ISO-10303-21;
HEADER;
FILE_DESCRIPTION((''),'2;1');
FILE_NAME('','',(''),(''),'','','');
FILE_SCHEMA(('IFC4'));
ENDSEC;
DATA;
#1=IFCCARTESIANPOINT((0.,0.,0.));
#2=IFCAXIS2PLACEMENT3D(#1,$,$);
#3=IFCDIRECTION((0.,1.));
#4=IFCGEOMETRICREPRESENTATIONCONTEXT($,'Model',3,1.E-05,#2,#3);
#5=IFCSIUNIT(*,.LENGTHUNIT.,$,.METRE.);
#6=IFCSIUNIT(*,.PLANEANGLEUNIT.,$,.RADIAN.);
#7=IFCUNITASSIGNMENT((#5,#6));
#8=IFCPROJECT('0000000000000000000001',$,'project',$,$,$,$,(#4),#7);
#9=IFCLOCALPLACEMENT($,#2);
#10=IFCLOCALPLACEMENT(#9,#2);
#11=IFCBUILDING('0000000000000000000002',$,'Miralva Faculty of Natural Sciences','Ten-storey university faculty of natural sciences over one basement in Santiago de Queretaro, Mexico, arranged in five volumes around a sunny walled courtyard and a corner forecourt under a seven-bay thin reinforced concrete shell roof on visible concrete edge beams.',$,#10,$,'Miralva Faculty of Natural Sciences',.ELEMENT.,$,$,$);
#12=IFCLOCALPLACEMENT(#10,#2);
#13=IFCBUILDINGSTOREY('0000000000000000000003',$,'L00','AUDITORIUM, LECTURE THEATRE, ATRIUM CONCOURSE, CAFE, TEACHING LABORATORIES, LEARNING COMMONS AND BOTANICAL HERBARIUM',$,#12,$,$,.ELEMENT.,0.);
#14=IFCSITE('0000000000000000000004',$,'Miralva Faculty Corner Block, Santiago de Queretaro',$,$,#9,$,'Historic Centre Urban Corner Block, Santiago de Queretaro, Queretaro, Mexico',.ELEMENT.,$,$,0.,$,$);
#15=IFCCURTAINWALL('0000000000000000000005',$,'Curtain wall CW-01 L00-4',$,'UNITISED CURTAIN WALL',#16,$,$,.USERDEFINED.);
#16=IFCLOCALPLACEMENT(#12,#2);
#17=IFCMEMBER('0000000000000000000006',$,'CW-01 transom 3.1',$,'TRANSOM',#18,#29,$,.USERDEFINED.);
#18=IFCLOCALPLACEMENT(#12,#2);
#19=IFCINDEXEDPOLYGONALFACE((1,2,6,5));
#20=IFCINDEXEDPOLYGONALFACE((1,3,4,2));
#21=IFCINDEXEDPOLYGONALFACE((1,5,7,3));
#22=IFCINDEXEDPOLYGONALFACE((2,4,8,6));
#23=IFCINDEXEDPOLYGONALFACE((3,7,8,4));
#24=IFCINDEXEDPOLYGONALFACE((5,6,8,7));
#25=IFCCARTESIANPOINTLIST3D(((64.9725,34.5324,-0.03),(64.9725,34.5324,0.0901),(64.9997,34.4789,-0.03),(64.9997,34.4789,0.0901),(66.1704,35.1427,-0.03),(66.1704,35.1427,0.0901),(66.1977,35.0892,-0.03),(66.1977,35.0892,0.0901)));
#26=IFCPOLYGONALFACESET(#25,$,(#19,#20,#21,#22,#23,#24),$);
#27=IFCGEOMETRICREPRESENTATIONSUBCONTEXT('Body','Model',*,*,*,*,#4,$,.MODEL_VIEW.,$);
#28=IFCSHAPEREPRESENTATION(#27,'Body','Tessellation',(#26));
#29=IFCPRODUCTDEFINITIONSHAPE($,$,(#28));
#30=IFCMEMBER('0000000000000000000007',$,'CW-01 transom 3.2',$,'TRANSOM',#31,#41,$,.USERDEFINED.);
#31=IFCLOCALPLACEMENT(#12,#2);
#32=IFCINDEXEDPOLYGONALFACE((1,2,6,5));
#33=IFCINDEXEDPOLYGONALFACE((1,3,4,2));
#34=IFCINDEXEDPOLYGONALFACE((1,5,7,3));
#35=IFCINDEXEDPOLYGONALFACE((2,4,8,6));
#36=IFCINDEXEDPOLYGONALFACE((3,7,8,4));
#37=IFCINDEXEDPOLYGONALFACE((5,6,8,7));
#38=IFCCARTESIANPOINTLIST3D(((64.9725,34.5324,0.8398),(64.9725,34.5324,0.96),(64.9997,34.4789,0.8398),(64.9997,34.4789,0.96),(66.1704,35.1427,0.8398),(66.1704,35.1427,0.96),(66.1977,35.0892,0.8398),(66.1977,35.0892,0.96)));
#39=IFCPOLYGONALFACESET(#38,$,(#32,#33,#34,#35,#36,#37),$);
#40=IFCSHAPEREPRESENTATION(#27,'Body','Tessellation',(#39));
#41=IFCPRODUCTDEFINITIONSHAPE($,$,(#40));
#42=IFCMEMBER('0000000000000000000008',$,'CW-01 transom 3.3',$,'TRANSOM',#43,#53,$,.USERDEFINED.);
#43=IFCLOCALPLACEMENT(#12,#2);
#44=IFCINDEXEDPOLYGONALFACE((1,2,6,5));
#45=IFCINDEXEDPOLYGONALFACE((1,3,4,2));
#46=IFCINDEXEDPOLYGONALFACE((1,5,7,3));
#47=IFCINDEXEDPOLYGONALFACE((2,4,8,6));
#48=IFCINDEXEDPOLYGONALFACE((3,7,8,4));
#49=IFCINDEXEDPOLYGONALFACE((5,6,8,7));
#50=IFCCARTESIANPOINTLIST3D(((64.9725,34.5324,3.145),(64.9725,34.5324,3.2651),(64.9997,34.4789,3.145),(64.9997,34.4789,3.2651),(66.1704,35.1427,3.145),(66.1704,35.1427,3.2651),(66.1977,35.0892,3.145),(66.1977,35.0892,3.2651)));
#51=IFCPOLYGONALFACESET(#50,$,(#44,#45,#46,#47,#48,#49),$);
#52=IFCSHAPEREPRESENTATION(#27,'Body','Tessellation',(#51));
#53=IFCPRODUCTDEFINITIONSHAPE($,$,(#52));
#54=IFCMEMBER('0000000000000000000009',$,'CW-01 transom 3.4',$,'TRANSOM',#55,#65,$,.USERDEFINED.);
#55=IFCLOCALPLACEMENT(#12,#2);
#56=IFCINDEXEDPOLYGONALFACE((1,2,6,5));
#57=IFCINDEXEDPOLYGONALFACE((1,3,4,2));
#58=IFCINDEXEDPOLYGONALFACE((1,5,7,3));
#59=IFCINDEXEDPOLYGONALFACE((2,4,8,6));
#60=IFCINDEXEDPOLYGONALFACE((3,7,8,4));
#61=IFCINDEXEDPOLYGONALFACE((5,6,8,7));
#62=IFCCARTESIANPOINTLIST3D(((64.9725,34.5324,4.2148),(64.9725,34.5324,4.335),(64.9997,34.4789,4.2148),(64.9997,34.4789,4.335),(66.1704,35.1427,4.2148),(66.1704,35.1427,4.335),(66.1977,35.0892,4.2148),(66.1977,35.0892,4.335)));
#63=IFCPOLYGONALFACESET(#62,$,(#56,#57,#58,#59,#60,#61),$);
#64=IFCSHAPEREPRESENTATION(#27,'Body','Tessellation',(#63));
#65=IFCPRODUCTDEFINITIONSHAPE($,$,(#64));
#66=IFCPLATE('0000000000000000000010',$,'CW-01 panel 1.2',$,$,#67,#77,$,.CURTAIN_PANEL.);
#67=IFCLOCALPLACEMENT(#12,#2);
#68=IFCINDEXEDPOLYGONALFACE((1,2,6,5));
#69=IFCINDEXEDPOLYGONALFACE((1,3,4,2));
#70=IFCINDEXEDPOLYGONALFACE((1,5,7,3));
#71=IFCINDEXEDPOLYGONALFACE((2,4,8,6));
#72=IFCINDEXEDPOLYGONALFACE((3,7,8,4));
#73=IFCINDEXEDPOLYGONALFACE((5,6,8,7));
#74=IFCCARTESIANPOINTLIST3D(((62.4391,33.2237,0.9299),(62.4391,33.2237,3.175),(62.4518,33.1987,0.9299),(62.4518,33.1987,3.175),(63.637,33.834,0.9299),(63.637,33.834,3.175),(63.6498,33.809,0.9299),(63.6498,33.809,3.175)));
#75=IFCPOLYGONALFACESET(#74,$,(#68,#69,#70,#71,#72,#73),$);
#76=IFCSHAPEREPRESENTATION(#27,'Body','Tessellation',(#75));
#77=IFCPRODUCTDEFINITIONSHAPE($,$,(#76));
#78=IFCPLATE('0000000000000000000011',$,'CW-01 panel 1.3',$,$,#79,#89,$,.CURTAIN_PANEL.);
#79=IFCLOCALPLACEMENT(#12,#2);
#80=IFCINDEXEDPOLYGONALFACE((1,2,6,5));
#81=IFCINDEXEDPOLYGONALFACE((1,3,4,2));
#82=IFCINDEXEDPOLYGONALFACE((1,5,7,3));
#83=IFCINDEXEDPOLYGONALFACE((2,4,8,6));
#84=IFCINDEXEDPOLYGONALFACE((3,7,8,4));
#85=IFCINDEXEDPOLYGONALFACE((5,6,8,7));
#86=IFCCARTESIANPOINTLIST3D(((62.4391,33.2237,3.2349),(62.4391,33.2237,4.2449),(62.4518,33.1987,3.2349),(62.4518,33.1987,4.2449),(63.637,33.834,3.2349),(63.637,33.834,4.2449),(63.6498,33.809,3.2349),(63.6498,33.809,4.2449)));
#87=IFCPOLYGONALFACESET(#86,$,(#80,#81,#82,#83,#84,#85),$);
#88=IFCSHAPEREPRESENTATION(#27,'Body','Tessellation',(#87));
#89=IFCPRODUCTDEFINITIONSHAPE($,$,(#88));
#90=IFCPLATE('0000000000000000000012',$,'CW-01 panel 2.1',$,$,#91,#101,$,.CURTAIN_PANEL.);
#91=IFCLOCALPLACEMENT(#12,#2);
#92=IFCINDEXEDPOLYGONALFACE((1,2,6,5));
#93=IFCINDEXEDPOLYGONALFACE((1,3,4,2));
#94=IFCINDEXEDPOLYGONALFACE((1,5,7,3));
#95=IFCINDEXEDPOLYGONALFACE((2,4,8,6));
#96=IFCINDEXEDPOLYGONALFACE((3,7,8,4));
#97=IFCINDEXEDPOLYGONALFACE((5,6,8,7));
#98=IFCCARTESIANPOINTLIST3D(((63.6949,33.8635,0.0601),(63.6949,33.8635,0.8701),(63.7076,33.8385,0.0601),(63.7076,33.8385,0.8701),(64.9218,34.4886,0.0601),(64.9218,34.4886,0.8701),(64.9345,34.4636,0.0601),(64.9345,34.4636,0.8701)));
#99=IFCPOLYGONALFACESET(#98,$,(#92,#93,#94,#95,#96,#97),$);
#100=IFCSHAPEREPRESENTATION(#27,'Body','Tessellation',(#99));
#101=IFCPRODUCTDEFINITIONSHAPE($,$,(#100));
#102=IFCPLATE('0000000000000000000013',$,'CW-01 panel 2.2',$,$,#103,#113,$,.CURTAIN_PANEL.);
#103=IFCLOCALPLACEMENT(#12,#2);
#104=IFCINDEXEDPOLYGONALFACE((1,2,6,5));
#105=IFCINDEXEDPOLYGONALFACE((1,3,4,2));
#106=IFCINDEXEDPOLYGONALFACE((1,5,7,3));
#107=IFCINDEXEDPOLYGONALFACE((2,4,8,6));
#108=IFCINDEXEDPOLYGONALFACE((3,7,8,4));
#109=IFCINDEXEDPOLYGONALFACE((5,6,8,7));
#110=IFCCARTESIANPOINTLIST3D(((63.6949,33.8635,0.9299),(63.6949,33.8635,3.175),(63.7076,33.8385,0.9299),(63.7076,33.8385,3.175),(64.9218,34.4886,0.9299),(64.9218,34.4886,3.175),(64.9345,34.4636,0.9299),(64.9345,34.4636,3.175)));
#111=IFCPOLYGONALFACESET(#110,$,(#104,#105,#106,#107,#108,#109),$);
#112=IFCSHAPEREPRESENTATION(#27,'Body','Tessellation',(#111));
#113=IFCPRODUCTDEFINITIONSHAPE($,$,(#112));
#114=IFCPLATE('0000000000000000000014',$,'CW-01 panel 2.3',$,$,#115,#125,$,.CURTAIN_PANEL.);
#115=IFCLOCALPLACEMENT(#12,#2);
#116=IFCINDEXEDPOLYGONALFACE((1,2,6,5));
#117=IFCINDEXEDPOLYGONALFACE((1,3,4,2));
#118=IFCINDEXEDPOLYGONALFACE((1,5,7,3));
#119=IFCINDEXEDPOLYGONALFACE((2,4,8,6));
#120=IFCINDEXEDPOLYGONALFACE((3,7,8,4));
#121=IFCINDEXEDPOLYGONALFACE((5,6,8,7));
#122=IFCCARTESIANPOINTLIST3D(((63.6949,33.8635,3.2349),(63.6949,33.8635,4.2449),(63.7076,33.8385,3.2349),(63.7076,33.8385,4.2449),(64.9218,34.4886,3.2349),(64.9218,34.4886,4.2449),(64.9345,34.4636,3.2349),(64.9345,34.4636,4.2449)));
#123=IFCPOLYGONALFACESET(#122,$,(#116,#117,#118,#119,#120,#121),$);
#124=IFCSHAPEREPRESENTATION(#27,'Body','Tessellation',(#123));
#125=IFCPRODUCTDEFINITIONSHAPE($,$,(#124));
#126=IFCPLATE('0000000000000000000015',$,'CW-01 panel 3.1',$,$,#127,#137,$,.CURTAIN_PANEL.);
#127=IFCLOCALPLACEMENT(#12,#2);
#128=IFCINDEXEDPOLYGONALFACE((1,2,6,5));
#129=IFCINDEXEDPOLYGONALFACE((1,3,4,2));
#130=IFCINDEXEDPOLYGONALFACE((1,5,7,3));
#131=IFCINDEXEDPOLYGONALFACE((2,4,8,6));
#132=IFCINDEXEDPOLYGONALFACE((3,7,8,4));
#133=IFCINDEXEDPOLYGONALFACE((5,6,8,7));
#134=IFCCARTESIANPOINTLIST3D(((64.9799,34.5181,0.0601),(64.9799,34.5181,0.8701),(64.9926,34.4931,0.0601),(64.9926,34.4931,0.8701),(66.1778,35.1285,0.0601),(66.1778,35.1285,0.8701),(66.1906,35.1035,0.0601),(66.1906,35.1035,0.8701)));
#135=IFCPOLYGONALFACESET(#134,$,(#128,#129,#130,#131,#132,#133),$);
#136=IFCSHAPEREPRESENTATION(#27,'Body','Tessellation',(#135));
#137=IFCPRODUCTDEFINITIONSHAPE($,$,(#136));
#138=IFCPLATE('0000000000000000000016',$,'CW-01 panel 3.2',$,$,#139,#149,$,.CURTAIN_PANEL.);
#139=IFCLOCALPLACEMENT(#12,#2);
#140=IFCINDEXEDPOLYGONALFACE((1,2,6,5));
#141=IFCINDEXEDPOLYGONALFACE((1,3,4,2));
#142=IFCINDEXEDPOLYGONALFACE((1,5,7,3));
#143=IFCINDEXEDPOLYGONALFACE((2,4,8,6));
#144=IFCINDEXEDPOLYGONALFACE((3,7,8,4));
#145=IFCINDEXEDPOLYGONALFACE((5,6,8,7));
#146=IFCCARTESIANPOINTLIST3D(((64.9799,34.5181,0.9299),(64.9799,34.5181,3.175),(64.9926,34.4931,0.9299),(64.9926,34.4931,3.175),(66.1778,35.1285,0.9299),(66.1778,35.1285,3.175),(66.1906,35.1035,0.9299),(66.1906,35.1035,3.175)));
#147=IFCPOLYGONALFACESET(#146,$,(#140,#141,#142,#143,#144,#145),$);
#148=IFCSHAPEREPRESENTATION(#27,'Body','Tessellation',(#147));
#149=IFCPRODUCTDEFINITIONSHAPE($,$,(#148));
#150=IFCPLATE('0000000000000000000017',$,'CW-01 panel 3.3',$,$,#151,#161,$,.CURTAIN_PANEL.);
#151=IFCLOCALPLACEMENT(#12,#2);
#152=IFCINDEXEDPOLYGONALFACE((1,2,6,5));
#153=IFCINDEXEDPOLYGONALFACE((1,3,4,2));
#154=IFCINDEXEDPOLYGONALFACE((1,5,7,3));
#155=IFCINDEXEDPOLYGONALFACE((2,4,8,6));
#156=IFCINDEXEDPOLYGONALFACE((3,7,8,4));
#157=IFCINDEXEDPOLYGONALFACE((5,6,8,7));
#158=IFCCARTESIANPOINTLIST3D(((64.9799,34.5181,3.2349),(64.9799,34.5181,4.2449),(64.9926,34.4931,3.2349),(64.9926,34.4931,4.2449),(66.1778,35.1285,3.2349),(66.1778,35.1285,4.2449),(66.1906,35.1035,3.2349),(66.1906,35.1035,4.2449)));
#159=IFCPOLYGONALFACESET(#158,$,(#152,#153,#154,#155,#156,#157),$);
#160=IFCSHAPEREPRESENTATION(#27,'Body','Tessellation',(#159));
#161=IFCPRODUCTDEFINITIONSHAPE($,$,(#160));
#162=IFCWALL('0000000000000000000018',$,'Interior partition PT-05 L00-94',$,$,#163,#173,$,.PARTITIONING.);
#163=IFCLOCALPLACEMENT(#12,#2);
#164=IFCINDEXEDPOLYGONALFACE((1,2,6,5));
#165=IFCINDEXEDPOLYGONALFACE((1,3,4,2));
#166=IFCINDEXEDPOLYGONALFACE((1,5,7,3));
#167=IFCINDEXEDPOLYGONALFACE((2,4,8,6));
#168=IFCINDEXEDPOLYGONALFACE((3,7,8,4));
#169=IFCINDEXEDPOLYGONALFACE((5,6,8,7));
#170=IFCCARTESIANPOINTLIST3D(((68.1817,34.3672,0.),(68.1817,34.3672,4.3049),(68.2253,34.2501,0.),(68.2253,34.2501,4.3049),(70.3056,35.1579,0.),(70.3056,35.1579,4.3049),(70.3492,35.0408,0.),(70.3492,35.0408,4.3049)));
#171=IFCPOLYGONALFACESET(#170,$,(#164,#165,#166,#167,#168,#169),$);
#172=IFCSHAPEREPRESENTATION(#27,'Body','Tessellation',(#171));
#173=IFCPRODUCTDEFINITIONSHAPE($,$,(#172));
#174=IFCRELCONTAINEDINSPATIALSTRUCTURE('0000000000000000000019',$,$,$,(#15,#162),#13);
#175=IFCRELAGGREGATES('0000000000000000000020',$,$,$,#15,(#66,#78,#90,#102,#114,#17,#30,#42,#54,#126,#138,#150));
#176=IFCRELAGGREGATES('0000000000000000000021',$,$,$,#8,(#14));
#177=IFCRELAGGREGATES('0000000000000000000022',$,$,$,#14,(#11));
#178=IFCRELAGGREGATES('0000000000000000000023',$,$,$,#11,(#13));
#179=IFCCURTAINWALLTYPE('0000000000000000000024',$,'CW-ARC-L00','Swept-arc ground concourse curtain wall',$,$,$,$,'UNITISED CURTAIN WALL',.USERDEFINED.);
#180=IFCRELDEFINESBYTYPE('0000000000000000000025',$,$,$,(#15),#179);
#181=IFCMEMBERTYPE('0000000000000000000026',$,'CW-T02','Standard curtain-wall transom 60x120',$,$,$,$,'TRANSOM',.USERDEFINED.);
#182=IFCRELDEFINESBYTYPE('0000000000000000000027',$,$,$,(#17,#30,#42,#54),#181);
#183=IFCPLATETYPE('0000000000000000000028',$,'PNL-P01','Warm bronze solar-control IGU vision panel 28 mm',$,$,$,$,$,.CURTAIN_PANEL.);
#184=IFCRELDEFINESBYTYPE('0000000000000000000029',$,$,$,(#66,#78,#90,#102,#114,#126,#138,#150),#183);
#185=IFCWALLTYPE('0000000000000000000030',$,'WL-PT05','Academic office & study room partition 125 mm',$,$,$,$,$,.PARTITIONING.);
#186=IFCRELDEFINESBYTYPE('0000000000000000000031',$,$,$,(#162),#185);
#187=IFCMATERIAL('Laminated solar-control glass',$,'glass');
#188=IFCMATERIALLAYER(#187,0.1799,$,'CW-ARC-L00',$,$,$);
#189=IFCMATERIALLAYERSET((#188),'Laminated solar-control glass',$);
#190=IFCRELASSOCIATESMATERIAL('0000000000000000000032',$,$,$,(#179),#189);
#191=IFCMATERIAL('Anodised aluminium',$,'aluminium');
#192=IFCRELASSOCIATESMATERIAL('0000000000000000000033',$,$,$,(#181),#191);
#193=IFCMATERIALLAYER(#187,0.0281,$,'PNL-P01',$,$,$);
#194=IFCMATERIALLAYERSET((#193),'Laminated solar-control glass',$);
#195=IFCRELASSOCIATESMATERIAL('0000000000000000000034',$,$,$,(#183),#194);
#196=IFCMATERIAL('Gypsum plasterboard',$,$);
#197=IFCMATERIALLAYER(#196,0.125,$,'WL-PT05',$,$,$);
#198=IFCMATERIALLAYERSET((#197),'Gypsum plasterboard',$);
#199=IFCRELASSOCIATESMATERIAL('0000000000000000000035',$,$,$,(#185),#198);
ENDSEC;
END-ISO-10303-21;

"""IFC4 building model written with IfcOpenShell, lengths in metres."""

from ifc_helpers import new_model, si_unit, direction, frame, frame_2d, origin, origin_2d, place, context, subcontext, project, spatial, rectangle, extrude, material, layer, layer_set, material_profile, profile_set, type_object, element, aggregate, save


model = new_model("IFC4")

# Units and contexts
model_context = context("Model", 3, precision=1e-05, world=origin(), true_north=direction((0.0, 1.0)))
body_context = subcontext(model_context, "Body", "Model", "MODEL_VIEW")
ifc_project = project(units=[si_unit("LENGTHUNIT", "METRE"), si_unit("PLANEANGLEUNIT", "RADIAN")], contexts=[model_context])

# Site, building, storey
site_placement = place(None, origin())
site = spatial("IfcSite", under=ifc_project, at=site_placement, Name="Miralva Faculty Corner Block, Santiago de Queretaro", LongName="Historic Centre Urban Corner Block, Santiago de Queretaro, Queretaro, Mexico", CompositionType="ELEMENT", RefElevation=0.0)
building_placement = place(site_placement, origin())
building = spatial("IfcBuilding", under=site, at=building_placement, Name="Miralva Faculty of Natural Sciences", Description="Ten-storey university faculty of natural sciences over one basement in Santiago de Queretaro, Mexico, arranged in five volumes around a sunny walled courtyard and a corner forecourt under a seven-bay thin reinforced concrete shell roof on visible concrete edge beams.", LongName="Miralva Faculty of Natural Sciences", CompositionType="ELEMENT")
storey_placement = place(building_placement, origin())
storey = spatial("IfcBuildingStorey", under=building, at=storey_placement, Name="L00", Description="AUDITORIUM, LECTURE THEATRE, ATRIUM CONCOURSE, CAFE, TEACHING LABORATORIES, LEARNING COMMONS AND BOTANICAL HERBARIUM", CompositionType="ELEMENT", Elevation=0.0)

# Curtain wall, members, plates
ifc_material_1 = material(Name="Laminated solar-control glass", Category="glass")
ifc_layer_1 = layer(ifc_material_1, 0.1799, Name="CW-ARC-L00")
ifc_layer_set_1 = layer_set([ifc_layer_1], Name="Laminated solar-control glass")
curtain_wall_type = type_object("IfcCurtainWallType", Name="CW-ARC-L00", Description="Swept-arc ground concourse curtain wall", ElementType="UNITISED CURTAIN WALL", PredefinedType="USERDEFINED", material=ifc_layer_set_1)
curtain_wall_placement = place(storey_placement, origin())
curtain_wall = element("IfcCurtainWall", 1, at=curtain_wall_placement, inside=storey, type_object=curtain_wall_type, Name="Curtain wall CW-01 L00-4", ObjectType="UNITISED CURTAIN WALL", PredefinedType="USERDEFINED")
ifc_material_2 = material(Name="Anodised aluminium", Category="aluminium")
ifc_material_profile_1 = material_profile(ifc_material_2, rectangle(XDim=0.0601, YDim=0.1201, at=origin_2d()), Name="TRANSOM 60x120")
ifc_profile_set_1 = profile_set([ifc_material_profile_1], Name="Anodised aluminium")
member_type_1 = type_object("IfcMemberType", Name="CW-T02", Description="Standard curtain-wall transom 60x120", ElementType="TRANSOM", PredefinedType="USERDEFINED", material=ifc_profile_set_1)
member_1_placement = place(storey_placement, frame((64.9861, 34.5056, 0.03), z_axis=(0.891024, 0.453956, 0.0), x_axis=(-0.453956, 0.891024, 0.0)))
member_1 = element("IfcMember", 2, at=member_1_placement, type_object=member_type_1, Name="CW-01 transom 3.1", ObjectType="TRANSOM", PredefinedType="USERDEFINED", context=body_context, shape_type="SweptSolid", body=[
    extrude(rectangle(XDim=0.0601, YDim=0.1201, at=origin_2d()), origin(), (0.0, 0.0, 1.0), 1.3445),
])
member_2_placement = place(storey_placement, frame((64.9861, 34.5056, 0.8999), z_axis=(0.891024, 0.453956, 0.0), x_axis=(-0.453956, 0.891024, 0.0)))
member_2 = element("IfcMember", 3, at=member_2_placement, type_object=member_type_1, Name="CW-01 transom 3.2", ObjectType="TRANSOM", PredefinedType="USERDEFINED", context=body_context, shape_type="SweptSolid", body=[
    extrude(rectangle(XDim=0.0601, YDim=0.1201, at=origin_2d()), origin(), (0.0, 0.0, 1.0), 1.3445),
])
member_3_placement = place(storey_placement, frame((64.9861, 34.5056, 3.2051), z_axis=(0.891024, 0.453956, 0.0), x_axis=(-0.453956, 0.891024, 0.0)))
member_3 = element("IfcMember", 4, at=member_3_placement, type_object=member_type_1, Name="CW-01 transom 3.3", ObjectType="TRANSOM", PredefinedType="USERDEFINED", context=body_context, shape_type="SweptSolid", body=[
    extrude(rectangle(XDim=0.0601, YDim=0.1201, at=origin_2d()), origin(), (0.0, 0.0, 1.0), 1.3445),
])
member_4_placement = place(storey_placement, frame((64.9861, 34.5056, 4.2749), z_axis=(0.891024, 0.453956, 0.0), x_axis=(-0.453956, 0.891024, 0.0)))
member_4 = element("IfcMember", 5, at=member_4_placement, type_object=member_type_1, Name="CW-01 transom 3.4", ObjectType="TRANSOM", PredefinedType="USERDEFINED", context=body_context, shape_type="SweptSolid", body=[
    extrude(rectangle(XDim=0.0601, YDim=0.1201, at=origin_2d()), origin(), (0.0, 0.0, 1.0), 1.3445),
])
ifc_layer_2 = layer(ifc_material_1, 0.0281, Name="PNL-P01")
ifc_layer_set_2 = layer_set([ifc_layer_2], Name="Laminated solar-control glass")
plate_type = type_object("IfcPlateType", Name="PNL-P01", Description="Warm bronze solar-control IGU vision panel 28 mm", PredefinedType="CURTAIN_PANEL", material=ifc_layer_set_2)
plate_1_placement = place(storey_placement, frame((63.0444, 33.5164, 0.9299), z_axis=(0.0, 0.0, 1.0), x_axis=(0.891017, 0.453969, 0.0)))
plate_1 = element("IfcPlate", 6, at=plate_1_placement, type_object=plate_type, Name="CW-01 panel 1.2", PredefinedType="CURTAIN_PANEL", context=body_context, shape_type="SweptSolid", body=[
    extrude(rectangle(XDim=1.3445, YDim=0.0281, at=origin_2d()), origin(), (0.0, 0.0, 1.0), 2.2451),
])
plate_2_placement = place(storey_placement, frame((63.0444, 33.5164, 3.2349), z_axis=(0.0, 0.0, 1.0), x_axis=(0.891017, 0.453969, 0.0)))
plate_2 = element("IfcPlate", 7, at=plate_2_placement, type_object=plate_type, Name="CW-01 panel 1.3", PredefinedType="CURTAIN_PANEL", context=body_context, shape_type="SweptSolid", body=[
    extrude(rectangle(XDim=1.3445, YDim=0.0281, at=origin_2d()), origin(), (0.0, 0.0, 1.0), 1.01),
])
plate_3_placement = place(storey_placement, frame((64.3147, 34.1636, 0.0601), z_axis=(0.0, 0.0, 1.0), x_axis=(0.891017, 0.453969, 0.0)))
plate_3 = element("IfcPlate", 8, at=plate_3_placement, type_object=plate_type, Name="CW-01 panel 2.1", PredefinedType="CURTAIN_PANEL", context=body_context, shape_type="SweptSolid", body=[
    extrude(rectangle(XDim=1.377, YDim=0.0281, at=origin_2d()), origin(), (0.0, 0.0, 1.0), 0.8101),
])
plate_4_placement = place(storey_placement, frame((64.3147, 34.1636, 0.9299), z_axis=(0.0, 0.0, 1.0), x_axis=(0.891017, 0.453969, 0.0)))
plate_4 = element("IfcPlate", 9, at=plate_4_placement, type_object=plate_type, Name="CW-01 panel 2.2", PredefinedType="CURTAIN_PANEL", context=body_context, shape_type="SweptSolid", body=[
    extrude(rectangle(XDim=1.377, YDim=0.0281, at=origin_2d()), origin(), (0.0, 0.0, 1.0), 2.2451),
])
plate_5_placement = place(storey_placement, frame((64.3147, 34.1636, 3.2349), z_axis=(0.0, 0.0, 1.0), x_axis=(0.891017, 0.453969, 0.0)))
plate_5 = element("IfcPlate", 10, at=plate_5_placement, type_object=plate_type, Name="CW-01 panel 2.3", PredefinedType="CURTAIN_PANEL", context=body_context, shape_type="SweptSolid", body=[
    extrude(rectangle(XDim=1.377, YDim=0.0281, at=origin_2d()), origin(), (0.0, 0.0, 1.0), 1.01),
])
plate_6_placement = place(storey_placement, frame((65.5852, 34.8108, 0.0601), z_axis=(0.0, 0.0, 1.0), x_axis=(0.891017, 0.453969, 0.0)))
plate_6 = element("IfcPlate", 11, at=plate_6_placement, type_object=plate_type, Name="CW-01 panel 3.1", PredefinedType="CURTAIN_PANEL", context=body_context, shape_type="SweptSolid", body=[
    extrude(rectangle(XDim=1.3445, YDim=0.0281, at=origin_2d()), origin(), (0.0, 0.0, 1.0), 0.8101),
])
plate_7_placement = place(storey_placement, frame((65.5852, 34.8108, 0.9299), z_axis=(0.0, 0.0, 1.0), x_axis=(0.891017, 0.453969, 0.0)))
plate_7 = element("IfcPlate", 12, at=plate_7_placement, type_object=plate_type, Name="CW-01 panel 3.2", PredefinedType="CURTAIN_PANEL", context=body_context, shape_type="SweptSolid", body=[
    extrude(rectangle(XDim=1.3445, YDim=0.0281, at=origin_2d()), origin(), (0.0, 0.0, 1.0), 2.2451),
])
plate_8_placement = place(storey_placement, frame((65.5852, 34.8108, 3.2349), z_axis=(0.0, 0.0, 1.0), x_axis=(0.891017, 0.453969, 0.0)))
plate_8 = element("IfcPlate", 13, at=plate_8_placement, type_object=plate_type, Name="CW-01 panel 3.3", PredefinedType="CURTAIN_PANEL", context=body_context, shape_type="SweptSolid", body=[
    extrude(rectangle(XDim=1.3445, YDim=0.0281, at=origin_2d()), origin(), (0.0, 0.0, 1.0), 1.01),
])
aggregate(curtain_wall, [plate_1, plate_2, plate_3, plate_4, plate_5, member_1, member_2, member_3, member_4, plate_6, plate_7, plate_8])

# Wall
ifc_material_3 = material(Name="Gypsum plasterboard")
ifc_layer_3 = layer(ifc_material_3, 0.125, Name="WL-PT05")
ifc_layer_set_3 = layer_set([ifc_layer_3], Name="Gypsum plasterboard")
wall_type_1 = type_object("IfcWallType", Name="WL-PT05", Description="Academic office & study room partition 125 mm", PredefinedType="PARTITIONING", material=ifc_layer_set_3)
wall_1_placement = place(storey_placement, frame((68.2034, 34.3086, 0.0), z_axis=(0.0, 0.0, 1.0), x_axis=(0.937159, 0.348903, 0.0)))
element("IfcWall", 14, at=wall_1_placement, inside=storey, type_object=wall_type_1, Name="Interior partition PT-05 L00-94", PredefinedType="PARTITIONING", context=body_context, shape_type="SweptSolid", body=[
    extrude(rectangle(XDim=2.2664, YDim=0.125, at=frame_2d((1.1333, 0.0))), origin(), (0.0, 0.0, 1.0), 4.3049),
])

save(model, "model.ifc")
